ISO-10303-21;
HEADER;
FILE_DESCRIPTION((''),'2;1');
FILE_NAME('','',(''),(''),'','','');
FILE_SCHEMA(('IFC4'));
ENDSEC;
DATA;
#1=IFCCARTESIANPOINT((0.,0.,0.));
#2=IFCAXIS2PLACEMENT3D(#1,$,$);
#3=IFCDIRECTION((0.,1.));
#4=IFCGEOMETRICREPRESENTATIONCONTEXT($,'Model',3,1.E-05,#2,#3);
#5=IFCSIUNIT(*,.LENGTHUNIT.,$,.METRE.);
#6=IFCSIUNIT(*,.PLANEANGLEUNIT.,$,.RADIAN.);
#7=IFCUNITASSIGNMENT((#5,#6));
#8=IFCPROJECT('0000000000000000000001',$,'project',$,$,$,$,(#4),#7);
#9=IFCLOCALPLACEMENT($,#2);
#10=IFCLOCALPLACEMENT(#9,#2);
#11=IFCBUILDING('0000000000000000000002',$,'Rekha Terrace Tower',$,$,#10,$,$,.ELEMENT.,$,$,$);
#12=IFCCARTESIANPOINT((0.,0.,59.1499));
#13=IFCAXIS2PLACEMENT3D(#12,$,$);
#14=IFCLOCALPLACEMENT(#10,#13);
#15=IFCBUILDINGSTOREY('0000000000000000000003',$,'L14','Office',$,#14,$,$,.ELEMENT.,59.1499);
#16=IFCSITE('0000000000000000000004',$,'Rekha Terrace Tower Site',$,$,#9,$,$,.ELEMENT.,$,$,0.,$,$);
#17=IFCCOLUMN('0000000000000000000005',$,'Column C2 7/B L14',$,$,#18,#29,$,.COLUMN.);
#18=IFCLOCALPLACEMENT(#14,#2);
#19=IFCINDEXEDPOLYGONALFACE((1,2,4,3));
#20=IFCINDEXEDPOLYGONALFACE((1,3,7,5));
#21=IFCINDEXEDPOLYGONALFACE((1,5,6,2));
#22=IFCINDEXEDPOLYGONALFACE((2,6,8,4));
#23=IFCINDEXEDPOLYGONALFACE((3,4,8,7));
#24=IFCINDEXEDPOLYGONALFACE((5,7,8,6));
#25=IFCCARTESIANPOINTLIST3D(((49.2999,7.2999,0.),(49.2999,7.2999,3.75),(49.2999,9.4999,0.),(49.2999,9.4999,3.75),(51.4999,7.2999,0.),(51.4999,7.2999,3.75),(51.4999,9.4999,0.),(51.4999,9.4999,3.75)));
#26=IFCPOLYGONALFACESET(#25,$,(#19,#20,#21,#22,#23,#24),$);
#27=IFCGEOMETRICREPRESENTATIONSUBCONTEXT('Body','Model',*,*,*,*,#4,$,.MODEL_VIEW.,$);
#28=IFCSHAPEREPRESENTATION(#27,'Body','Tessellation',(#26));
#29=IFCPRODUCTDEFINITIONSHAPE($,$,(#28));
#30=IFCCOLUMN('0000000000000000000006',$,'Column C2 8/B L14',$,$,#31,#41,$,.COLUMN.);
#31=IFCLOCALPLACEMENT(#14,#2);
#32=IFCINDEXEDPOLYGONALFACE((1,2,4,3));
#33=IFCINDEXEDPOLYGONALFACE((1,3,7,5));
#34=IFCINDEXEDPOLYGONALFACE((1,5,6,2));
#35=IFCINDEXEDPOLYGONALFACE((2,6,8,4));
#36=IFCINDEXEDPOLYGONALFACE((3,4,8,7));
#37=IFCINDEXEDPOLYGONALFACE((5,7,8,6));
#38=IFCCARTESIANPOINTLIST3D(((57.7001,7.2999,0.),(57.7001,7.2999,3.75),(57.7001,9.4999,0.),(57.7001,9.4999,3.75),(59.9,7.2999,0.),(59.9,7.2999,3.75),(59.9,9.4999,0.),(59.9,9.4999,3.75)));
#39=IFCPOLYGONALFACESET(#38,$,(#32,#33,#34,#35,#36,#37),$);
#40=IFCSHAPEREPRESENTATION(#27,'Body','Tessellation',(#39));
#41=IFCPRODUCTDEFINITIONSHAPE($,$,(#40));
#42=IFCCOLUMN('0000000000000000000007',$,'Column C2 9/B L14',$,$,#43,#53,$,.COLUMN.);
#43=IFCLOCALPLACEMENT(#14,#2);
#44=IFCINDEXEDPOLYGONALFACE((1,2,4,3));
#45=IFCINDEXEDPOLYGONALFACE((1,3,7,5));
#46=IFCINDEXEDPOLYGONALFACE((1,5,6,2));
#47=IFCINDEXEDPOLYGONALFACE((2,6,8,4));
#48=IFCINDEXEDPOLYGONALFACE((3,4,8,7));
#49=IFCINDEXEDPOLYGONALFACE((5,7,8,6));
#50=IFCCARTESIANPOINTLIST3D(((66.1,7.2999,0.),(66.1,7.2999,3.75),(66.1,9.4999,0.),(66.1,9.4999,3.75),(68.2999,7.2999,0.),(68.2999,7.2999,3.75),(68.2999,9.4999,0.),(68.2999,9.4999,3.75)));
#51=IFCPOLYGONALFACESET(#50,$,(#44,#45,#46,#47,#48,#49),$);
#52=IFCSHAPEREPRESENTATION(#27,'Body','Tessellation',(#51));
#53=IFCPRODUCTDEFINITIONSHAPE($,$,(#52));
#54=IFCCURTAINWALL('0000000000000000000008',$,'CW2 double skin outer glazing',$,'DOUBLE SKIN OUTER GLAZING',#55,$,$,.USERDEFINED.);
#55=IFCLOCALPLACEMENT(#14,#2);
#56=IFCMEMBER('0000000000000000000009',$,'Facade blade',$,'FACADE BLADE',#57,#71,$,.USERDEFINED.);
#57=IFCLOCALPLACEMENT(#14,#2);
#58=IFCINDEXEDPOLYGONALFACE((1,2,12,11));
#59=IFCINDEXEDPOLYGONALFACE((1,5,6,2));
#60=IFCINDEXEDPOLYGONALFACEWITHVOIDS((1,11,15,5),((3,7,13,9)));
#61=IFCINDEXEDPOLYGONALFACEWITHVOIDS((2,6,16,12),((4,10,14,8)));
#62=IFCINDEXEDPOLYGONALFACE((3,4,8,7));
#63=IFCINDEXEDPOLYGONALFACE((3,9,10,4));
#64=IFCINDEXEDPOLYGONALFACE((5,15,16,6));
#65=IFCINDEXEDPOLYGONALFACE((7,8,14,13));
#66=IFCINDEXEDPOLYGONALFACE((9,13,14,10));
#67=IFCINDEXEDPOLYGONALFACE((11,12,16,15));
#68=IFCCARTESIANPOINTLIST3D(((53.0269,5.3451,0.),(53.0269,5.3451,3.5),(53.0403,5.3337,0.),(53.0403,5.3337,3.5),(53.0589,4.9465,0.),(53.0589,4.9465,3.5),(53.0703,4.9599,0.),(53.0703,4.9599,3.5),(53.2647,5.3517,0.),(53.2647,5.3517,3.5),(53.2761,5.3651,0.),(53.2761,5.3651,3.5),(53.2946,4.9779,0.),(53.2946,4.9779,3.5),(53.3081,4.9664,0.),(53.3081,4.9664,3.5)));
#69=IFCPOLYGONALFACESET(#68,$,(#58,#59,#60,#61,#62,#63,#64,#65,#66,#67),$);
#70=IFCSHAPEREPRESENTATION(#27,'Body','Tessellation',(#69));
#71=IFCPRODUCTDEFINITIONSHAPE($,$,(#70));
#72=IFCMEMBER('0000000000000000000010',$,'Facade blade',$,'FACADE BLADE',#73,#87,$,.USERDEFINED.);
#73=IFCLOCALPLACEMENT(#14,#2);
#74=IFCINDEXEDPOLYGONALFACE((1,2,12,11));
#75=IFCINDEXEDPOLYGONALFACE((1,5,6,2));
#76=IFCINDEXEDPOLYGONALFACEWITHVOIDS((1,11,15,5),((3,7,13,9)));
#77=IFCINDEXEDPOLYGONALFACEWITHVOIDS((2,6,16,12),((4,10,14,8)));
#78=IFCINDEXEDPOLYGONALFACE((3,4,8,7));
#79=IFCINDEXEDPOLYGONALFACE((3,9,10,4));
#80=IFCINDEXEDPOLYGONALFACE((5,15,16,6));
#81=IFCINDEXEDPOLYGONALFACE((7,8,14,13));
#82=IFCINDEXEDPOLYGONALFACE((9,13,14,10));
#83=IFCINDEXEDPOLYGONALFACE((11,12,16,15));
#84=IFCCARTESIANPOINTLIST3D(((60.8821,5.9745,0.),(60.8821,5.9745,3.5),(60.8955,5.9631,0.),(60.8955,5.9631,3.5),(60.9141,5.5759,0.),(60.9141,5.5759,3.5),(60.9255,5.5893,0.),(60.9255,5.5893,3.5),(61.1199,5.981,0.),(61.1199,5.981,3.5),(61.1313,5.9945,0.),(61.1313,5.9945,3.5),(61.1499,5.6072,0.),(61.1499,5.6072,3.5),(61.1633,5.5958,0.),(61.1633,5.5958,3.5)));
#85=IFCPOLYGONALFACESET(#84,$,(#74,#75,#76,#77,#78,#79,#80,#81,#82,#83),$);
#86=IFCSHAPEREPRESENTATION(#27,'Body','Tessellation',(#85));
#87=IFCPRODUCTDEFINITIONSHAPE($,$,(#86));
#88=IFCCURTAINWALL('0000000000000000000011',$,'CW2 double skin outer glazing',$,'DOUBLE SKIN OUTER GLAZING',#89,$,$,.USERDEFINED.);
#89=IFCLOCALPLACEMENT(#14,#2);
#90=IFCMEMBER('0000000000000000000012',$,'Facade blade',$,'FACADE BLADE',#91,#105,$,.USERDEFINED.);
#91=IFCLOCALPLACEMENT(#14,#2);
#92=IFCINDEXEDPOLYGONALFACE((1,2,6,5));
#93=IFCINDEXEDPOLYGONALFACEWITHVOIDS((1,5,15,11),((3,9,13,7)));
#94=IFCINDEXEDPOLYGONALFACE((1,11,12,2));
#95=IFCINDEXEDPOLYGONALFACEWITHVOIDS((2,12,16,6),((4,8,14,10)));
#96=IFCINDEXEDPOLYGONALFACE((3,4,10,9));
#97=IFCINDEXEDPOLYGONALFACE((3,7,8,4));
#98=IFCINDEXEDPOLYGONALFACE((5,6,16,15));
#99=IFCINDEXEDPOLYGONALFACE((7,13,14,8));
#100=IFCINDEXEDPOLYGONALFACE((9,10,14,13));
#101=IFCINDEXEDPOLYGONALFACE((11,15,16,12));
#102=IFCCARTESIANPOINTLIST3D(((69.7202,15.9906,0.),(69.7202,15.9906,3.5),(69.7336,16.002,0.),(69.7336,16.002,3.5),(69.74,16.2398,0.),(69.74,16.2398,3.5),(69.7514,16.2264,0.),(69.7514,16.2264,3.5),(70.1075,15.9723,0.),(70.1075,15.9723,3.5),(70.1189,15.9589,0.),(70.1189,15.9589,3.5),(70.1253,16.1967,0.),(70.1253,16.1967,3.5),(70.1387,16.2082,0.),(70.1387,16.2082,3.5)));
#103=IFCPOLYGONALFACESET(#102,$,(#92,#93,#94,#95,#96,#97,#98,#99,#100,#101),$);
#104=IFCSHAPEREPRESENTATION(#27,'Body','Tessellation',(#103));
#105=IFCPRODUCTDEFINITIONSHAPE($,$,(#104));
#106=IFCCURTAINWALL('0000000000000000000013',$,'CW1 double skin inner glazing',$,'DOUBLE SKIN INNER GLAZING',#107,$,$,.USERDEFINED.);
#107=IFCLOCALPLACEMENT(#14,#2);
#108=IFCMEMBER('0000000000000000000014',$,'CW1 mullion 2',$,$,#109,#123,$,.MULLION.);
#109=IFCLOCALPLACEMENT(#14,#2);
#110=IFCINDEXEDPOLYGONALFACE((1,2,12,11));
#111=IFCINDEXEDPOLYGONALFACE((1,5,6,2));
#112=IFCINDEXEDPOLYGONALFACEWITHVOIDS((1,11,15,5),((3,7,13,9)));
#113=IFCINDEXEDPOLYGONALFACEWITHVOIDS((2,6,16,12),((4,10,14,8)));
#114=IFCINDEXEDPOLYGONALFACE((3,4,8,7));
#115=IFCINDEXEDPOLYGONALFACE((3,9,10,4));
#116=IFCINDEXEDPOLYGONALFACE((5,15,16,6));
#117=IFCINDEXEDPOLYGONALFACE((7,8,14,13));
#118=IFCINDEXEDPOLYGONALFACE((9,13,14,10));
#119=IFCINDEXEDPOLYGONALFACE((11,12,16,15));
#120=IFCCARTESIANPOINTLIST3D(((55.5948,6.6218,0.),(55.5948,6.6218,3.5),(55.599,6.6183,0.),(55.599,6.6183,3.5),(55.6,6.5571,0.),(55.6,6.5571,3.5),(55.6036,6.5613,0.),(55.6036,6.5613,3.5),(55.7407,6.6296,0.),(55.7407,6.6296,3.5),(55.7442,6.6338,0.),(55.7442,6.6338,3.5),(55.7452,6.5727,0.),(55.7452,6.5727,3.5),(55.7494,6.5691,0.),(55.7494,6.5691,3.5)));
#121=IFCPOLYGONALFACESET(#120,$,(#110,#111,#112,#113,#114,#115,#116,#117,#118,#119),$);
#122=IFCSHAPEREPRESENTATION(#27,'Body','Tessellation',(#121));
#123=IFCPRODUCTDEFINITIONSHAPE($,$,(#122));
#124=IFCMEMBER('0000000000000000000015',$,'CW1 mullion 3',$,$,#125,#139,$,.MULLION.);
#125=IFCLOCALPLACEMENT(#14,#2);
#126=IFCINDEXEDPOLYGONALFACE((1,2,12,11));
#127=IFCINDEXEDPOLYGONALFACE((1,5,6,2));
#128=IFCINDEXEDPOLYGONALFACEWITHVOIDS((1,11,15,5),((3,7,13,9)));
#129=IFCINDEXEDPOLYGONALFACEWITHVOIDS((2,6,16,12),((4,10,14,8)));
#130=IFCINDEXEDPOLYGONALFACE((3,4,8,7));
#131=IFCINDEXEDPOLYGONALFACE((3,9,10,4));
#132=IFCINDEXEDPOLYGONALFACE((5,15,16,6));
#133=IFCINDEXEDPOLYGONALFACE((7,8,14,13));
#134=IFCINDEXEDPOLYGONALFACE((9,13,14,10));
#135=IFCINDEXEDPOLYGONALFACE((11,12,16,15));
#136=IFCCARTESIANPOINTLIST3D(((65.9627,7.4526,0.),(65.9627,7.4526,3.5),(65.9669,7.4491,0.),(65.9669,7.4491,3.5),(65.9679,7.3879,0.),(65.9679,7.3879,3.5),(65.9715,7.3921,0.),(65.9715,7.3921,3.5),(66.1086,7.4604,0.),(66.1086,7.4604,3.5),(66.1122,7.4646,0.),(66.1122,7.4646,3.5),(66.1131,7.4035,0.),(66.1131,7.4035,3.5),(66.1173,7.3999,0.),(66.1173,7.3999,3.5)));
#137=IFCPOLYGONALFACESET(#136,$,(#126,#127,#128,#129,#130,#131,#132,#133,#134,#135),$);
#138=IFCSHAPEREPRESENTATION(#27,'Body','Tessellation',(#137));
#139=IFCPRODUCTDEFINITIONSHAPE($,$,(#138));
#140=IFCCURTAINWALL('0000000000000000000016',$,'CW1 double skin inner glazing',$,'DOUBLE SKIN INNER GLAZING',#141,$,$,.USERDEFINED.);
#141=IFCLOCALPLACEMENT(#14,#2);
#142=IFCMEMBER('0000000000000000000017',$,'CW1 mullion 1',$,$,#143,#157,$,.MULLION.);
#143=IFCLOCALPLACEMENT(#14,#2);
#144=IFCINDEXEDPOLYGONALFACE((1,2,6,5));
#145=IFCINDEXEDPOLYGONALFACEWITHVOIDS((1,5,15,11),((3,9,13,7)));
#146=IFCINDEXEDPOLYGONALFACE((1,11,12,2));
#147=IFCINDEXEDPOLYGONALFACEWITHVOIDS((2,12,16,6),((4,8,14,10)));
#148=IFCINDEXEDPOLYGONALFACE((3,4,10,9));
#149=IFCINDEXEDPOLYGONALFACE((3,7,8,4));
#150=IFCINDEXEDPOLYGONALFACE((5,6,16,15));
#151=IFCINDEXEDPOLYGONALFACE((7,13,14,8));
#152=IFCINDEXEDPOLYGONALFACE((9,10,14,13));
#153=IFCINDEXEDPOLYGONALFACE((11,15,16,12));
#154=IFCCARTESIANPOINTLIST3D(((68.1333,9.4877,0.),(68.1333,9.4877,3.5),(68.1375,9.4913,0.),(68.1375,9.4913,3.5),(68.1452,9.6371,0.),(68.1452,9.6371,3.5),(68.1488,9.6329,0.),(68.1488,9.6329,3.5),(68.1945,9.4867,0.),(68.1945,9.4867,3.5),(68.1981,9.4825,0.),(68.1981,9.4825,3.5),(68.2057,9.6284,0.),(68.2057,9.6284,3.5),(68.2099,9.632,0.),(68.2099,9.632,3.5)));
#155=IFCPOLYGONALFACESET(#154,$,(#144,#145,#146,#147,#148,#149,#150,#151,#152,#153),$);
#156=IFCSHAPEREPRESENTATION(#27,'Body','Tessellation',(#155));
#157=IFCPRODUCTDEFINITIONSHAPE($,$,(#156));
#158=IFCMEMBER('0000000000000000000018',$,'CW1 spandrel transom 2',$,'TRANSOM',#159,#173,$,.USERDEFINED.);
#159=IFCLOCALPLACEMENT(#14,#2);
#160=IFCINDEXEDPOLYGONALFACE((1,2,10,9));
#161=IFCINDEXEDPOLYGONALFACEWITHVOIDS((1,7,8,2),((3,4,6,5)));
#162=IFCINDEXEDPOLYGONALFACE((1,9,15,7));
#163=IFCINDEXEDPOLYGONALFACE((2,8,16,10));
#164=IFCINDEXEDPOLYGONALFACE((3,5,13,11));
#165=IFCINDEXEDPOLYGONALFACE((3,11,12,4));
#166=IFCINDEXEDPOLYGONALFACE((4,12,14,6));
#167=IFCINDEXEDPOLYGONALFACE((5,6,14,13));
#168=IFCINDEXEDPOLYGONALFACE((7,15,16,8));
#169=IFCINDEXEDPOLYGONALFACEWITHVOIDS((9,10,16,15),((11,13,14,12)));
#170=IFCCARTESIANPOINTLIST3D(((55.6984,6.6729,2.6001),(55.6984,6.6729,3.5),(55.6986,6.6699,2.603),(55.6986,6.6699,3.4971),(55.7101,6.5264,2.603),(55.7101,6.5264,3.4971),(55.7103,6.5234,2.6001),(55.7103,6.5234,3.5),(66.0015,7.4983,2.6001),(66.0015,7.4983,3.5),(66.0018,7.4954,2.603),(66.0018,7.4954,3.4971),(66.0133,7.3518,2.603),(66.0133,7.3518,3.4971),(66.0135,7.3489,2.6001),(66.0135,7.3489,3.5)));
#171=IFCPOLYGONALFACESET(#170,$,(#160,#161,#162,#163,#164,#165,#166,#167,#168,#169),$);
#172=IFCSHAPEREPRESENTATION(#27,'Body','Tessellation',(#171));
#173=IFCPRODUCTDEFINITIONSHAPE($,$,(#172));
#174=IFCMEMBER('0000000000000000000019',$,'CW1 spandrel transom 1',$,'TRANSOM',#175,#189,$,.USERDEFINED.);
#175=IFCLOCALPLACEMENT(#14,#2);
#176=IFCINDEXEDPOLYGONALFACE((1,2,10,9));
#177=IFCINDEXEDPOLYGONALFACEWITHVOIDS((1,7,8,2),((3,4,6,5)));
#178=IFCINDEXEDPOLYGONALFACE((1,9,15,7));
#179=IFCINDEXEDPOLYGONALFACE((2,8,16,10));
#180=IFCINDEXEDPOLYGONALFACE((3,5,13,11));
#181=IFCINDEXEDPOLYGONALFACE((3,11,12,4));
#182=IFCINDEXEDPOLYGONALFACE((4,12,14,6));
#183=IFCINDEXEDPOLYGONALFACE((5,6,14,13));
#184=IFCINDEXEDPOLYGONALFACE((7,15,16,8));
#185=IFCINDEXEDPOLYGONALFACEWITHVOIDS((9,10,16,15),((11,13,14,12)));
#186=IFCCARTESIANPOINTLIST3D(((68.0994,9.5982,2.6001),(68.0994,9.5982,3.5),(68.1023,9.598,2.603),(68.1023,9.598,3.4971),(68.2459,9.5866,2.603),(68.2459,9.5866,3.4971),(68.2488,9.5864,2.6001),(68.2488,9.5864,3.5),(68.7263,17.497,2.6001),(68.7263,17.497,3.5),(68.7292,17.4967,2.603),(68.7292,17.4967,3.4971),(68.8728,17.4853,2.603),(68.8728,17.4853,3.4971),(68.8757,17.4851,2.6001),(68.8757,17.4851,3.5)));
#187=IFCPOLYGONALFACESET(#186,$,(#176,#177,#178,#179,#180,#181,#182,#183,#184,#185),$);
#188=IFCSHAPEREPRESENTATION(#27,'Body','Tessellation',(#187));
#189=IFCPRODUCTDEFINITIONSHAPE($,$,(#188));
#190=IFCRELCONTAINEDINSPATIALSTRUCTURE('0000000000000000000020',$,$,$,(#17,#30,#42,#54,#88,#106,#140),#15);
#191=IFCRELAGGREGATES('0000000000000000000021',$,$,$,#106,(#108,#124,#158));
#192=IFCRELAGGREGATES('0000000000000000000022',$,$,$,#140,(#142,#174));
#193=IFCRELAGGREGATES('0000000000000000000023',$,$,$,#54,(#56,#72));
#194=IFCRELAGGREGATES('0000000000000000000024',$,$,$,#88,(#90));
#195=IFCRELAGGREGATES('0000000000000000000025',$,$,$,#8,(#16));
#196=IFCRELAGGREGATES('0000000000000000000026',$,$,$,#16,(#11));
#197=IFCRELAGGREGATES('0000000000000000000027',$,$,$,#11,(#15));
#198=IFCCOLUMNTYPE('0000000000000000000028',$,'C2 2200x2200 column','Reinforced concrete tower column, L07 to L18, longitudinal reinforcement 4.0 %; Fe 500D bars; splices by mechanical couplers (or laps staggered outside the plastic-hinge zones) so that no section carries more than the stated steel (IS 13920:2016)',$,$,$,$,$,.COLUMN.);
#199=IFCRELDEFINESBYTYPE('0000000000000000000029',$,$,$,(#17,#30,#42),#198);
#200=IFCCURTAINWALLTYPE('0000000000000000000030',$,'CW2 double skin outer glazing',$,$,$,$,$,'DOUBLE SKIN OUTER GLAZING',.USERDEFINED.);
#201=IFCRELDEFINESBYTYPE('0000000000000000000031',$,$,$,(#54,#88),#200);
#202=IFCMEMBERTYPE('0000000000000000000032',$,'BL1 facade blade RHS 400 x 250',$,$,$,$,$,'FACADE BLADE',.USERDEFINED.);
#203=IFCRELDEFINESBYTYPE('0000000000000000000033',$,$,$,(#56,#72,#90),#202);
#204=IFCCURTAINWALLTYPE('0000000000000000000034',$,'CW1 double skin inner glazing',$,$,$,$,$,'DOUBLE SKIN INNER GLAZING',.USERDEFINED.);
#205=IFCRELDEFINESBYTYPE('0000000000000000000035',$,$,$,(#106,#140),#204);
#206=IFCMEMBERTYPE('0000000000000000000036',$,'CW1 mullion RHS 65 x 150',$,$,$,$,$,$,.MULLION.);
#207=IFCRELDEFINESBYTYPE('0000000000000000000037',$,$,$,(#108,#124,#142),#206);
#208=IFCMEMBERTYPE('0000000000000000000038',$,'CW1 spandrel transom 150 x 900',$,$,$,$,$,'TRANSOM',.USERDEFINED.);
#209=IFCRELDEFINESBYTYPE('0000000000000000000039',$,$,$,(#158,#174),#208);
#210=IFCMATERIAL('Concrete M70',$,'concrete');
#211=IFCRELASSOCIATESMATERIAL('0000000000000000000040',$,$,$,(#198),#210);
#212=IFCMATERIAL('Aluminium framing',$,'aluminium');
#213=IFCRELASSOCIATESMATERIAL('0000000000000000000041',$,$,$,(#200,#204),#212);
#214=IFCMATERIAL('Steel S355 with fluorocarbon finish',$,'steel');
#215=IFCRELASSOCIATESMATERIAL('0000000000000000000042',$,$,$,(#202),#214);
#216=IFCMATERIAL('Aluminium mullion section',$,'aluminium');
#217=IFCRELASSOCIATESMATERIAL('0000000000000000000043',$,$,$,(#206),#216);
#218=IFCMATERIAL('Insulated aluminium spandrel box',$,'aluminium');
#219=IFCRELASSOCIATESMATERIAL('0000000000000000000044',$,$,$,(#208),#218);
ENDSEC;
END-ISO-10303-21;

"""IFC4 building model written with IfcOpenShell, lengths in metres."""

from ifc_helpers import new_model, si_unit, direction, frame, origin, origin_2d, place, context, subcontext, project, spatial, rectangle, hollow_rectangle, extrude, material, material_profile, profile_set, type_object, element, aggregate, save


model = new_model("IFC4")

# Units and contexts
model_context = context("Model", 3, precision=1e-05, world=origin(), true_north=direction((0.0, 1.0)))
body_context = subcontext(model_context, "Body", "Model", "MODEL_VIEW")
ifc_project = project(units=[si_unit("LENGTHUNIT", "METRE"), si_unit("PLANEANGLEUNIT", "RADIAN")], contexts=[model_context])

# Site, building, storey
site_placement = place(None, origin())
site = spatial("IfcSite", under=ifc_project, at=site_placement, Name="Rekha Terrace Tower Site", CompositionType="ELEMENT", RefElevation=0.0)
building_placement = place(site_placement, origin())
building = spatial("IfcBuilding", under=site, at=building_placement, Name="Rekha Terrace Tower", CompositionType="ELEMENT")
storey_placement = place(building_placement, frame((0.0, 0.0, 59.1499)))
storey = spatial("IfcBuildingStorey", under=building, at=storey_placement, Name="L14", Description="Office", CompositionType="ELEMENT", Elevation=59.1499)

# Columns
ifc_material_1 = material(Name="Concrete M70", Category="concrete")
ifc_material_profile_1 = material_profile(ifc_material_1, rectangle(XDim=2.2, YDim=2.2, at=origin_2d()), Name="RC 2200x2200")
ifc_profile_set_1 = profile_set([ifc_material_profile_1], Name="Concrete M70")
column_type = type_object("IfcColumnType", Name="C2 2200x2200 column", Description="Reinforced concrete tower column, L07 to L18, longitudinal reinforcement 4.0 %; Fe 500D bars; splices by mechanical couplers (or laps staggered outside the plastic-hinge zones) so that no section carries more than the stated steel (IS 13920:2016)", PredefinedType="COLUMN", material=ifc_profile_set_1)
for number, where, z_axis, x_axis, name in (
    (1, (50.3999, 8.3999, 0.0), (0.0, 0.0, 1.0), (1.0, 0.0, 0.0), "Column C2 7/B L14"),
    (2, (58.8, 8.3999, 0.0), (0.0, 0.0, 1.0), (1.0, 0.0, 0.0), "Column C2 8/B L14"),
    (3, (67.2, 8.3999, 0.0), (0.0, 0.0, 1.0), (1.0, 0.0, 0.0), "Column C2 9/B L14"),
):
    element("IfcColumn", number, at=place(storey_placement, frame(where, z_axis=z_axis, x_axis=x_axis)), inside=storey, type_object=column_type, Name=name, PredefinedType="COLUMN", context=body_context, shape_type="SweptSolid", body=[
        extrude(rectangle(XDim=2.2, YDim=2.2, at=origin_2d()), origin(), (0.0, 0.0, 1.0), 3.75),
    ])

# Curtain wall, members
ifc_material_2 = material(Name="Aluminium framing", Category="aluminium")
curtain_wall_type_1 = type_object("IfcCurtainWallType", Name="CW2 double skin outer glazing", ElementType="DOUBLE SKIN OUTER GLAZING", PredefinedType="USERDEFINED", material=ifc_material_2)
curtain_wall_1_placement = place(storey_placement, origin())
curtain_wall_1 = element("IfcCurtainWall", 4, at=curtain_wall_1_placement, inside=storey, type_object=curtain_wall_type_1, Name="CW2 double skin outer glazing", ObjectType="DOUBLE SKIN OUTER GLAZING", PredefinedType="USERDEFINED")
ifc_material_3 = material(Name="Steel S355 with fluorocarbon finish", Category="steel")
ifc_material_profile_2 = material_profile(ifc_material_3, hollow_rectangle(XDim=0.25, YDim=0.3999, WallThickness=0.0125, at=origin_2d()), Name="RHS400x250x12.5")
ifc_profile_set_2 = profile_set([ifc_material_profile_2], Name="Steel S355 with fluorocarbon finish")
member_type_1 = type_object("IfcMemberType", Name="BL1 facade blade RHS 400 x 250", ElementType="FACADE BLADE", PredefinedType="USERDEFINED", material=ifc_profile_set_2)
member_1_placement = place(storey_placement, frame((53.1675, 5.1558, 0.0), z_axis=(0.0, 0.0, 1.0), x_axis=(0.996805, 0.079872, 0.0)))
member_1 = element("IfcMember", 5, at=member_1_placement, type_object=member_type_1, Name="Facade blade", ObjectType="FACADE BLADE", PredefinedType="USERDEFINED", context=body_context, shape_type="SweptSolid", body=[
    extrude(hollow_rectangle(XDim=0.25, YDim=0.3999, WallThickness=0.0125, at=origin_2d()), origin(), (0.0, 0.0, 1.0), 3.5),
])
member_2_placement = place(storey_placement, frame((61.0227, 5.7852, 0.0), z_axis=(0.0, 0.0, 1.0), x_axis=(0.996805, 0.079872, 0.0)))
member_2 = element("IfcMember", 6, at=member_2_placement, type_object=member_type_1, Name="Facade blade", ObjectType="FACADE BLADE", PredefinedType="USERDEFINED", context=body_context, shape_type="SweptSolid", body=[
    extrude(hollow_rectangle(XDim=0.25, YDim=0.3999, WallThickness=0.0125, at=origin_2d()), origin(), (0.0, 0.0, 1.0), 3.5),
])

# Curtain wall, member
curtain_wall_2_placement = place(storey_placement, origin())
curtain_wall_2 = element("IfcCurtainWall", 7, at=curtain_wall_2_placement, inside=storey, type_object=curtain_wall_type_1, Name="CW2 double skin outer glazing", ObjectType="DOUBLE SKIN OUTER GLAZING", PredefinedType="USERDEFINED")
member_3_placement = place(storey_placement, frame((69.9294, 16.0994, 0.0), z_axis=(0.0, 0.0, 1.0), x_axis=(0.079117, 0.996865, 0.0)))
member_3 = element("IfcMember", 8, at=member_3_placement, type_object=member_type_1, Name="Facade blade", ObjectType="FACADE BLADE", PredefinedType="USERDEFINED", context=body_context, shape_type="SweptSolid", body=[
    extrude(hollow_rectangle(XDim=0.25, YDim=0.3999, WallThickness=0.0125, at=origin_2d()), origin(), (0.0, 0.0, 1.0), 3.5),
])

# Curtain wall, members
curtain_wall_type_2 = type_object("IfcCurtainWallType", Name="CW1 double skin inner glazing", ElementType="DOUBLE SKIN INNER GLAZING", PredefinedType="USERDEFINED", material=ifc_material_2)
curtain_wall_3_placement = place(storey_placement, origin())
curtain_wall_3 = element("IfcCurtainWall", 9, at=curtain_wall_3_placement, inside=storey, type_object=curtain_wall_type_2, Name="CW1 double skin inner glazing", ObjectType="DOUBLE SKIN INNER GLAZING", PredefinedType="USERDEFINED")
ifc_material_4 = material(Name="Aluminium mullion section", Category="aluminium")
ifc_material_profile_3 = material_profile(ifc_material_4, hollow_rectangle(XDim=0.0649, YDim=0.1499, WallThickness=0.0039, at=origin_2d()), Name="AL RHS 65x150")
ifc_profile_set_3 = profile_set([ifc_material_profile_3], Name="Aluminium mullion section")
member_type_2 = type_object("IfcMemberType", Name="CW1 mullion RHS 65 x 150", PredefinedType="MULLION", material=ifc_profile_set_3)
member_4_placement = place(storey_placement, frame((55.6721, 6.5955, 0.0), z_axis=(0.0, 0.0, 1.0), x_axis=(-0.079872, 0.996805, 0.0)))
member_4 = element("IfcMember", 10, at=member_4_placement, type_object=member_type_2, Name="CW1 mullion 2", PredefinedType="MULLION", context=body_context, shape_type="SweptSolid", body=[
    extrude(hollow_rectangle(XDim=0.0649, YDim=0.1499, WallThickness=0.0039, at=origin_2d()), origin(), (0.0, 0.0, 1.0), 3.5),
])
member_5_placement = place(storey_placement, frame((66.04, 7.4263, 0.0), z_axis=(0.0, 0.0, 1.0), x_axis=(-0.079872, 0.996805, 0.0)))
member_5 = element("IfcMember", 11, at=member_5_placement, type_object=member_type_2, Name="CW1 mullion 3", PredefinedType="MULLION", context=body_context, shape_type="SweptSolid", body=[
    extrude(hollow_rectangle(XDim=0.0649, YDim=0.1499, WallThickness=0.0039, at=origin_2d()), origin(), (0.0, 0.0, 1.0), 3.5),
])

# Curtain wall, member
curtain_wall_4_placement = place(storey_placement, origin())
curtain_wall_4 = element("IfcCurtainWall", 12, at=curtain_wall_4_placement, inside=storey, type_object=curtain_wall_type_2, Name="CW1 double skin inner glazing", ObjectType="DOUBLE SKIN INNER GLAZING", PredefinedType="USERDEFINED")
member_6_placement = place(storey_placement, frame((68.1716, 9.5598, 0.0), z_axis=(0.0, 0.0, 1.0), x_axis=(-0.996865, 0.079116, 0.0)))
member_6 = element("IfcMember", 13, at=member_6_placement, type_object=member_type_2, Name="CW1 mullion 1", PredefinedType="MULLION", context=body_context, shape_type="SweptSolid", body=[
    extrude(hollow_rectangle(XDim=0.0649, YDim=0.1499, WallThickness=0.0039, at=origin_2d()), origin(), (0.0, 0.0, 1.0), 3.5),
])

# Members
ifc_material_5 = material(Name="Insulated aluminium spandrel box", Category="aluminium")
ifc_material_profile_4 = material_profile(ifc_material_5, hollow_rectangle(XDim=0.1499, YDim=0.8999, WallThickness=0.0029, at=origin_2d()), Name="AL SPANDREL BOX 150x900")
ifc_profile_set_4 = profile_set([ifc_material_profile_4], Name="Insulated aluminium spandrel box")
member_type_3 = type_object("IfcMemberType", Name="CW1 spandrel transom 150 x 900", ElementType="TRANSOM", PredefinedType="USERDEFINED", material=ifc_profile_set_4)
member_7_placement = place(storey_placement, frame((55.7043, 6.5981, 3.05), z_axis=(0.996806, 0.079859, 0.0), x_axis=(-0.079859, 0.996806, 0.0)))
member_7 = element("IfcMember", 14, at=member_7_placement, type_object=member_type_3, Name="CW1 spandrel transom 2", ObjectType="TRANSOM", PredefinedType="USERDEFINED", context=body_context, shape_type="SweptSolid", body=[
    extrude(hollow_rectangle(XDim=0.1499, YDim=0.8999, WallThickness=0.0029, at=origin_2d()), origin(), (0.0, 0.0, 1.0), 10.3362),
])
member_8_placement = place(storey_placement, frame((68.1741, 9.5923, 3.05), z_axis=(0.079126, 0.996865, 0.0), x_axis=(-0.996865, 0.079126, 0.0)))
member_8 = element("IfcMember", 15, at=member_8_placement, type_object=member_type_3, Name="CW1 spandrel transom 1", ObjectType="TRANSOM", PredefinedType="USERDEFINED", context=body_context, shape_type="SweptSolid", body=[
    extrude(hollow_rectangle(XDim=0.1499, YDim=0.8999, WallThickness=0.0029, at=origin_2d()), origin(), (0.0, 0.0, 1.0), 7.9236),
])

aggregate(curtain_wall_3, [member_4, member_5, member_7])
aggregate(curtain_wall_4, [member_6, member_8])
aggregate(curtain_wall_1, [member_1, member_2])
aggregate(curtain_wall_2, [member_3])

save(model, "model.ifc")
